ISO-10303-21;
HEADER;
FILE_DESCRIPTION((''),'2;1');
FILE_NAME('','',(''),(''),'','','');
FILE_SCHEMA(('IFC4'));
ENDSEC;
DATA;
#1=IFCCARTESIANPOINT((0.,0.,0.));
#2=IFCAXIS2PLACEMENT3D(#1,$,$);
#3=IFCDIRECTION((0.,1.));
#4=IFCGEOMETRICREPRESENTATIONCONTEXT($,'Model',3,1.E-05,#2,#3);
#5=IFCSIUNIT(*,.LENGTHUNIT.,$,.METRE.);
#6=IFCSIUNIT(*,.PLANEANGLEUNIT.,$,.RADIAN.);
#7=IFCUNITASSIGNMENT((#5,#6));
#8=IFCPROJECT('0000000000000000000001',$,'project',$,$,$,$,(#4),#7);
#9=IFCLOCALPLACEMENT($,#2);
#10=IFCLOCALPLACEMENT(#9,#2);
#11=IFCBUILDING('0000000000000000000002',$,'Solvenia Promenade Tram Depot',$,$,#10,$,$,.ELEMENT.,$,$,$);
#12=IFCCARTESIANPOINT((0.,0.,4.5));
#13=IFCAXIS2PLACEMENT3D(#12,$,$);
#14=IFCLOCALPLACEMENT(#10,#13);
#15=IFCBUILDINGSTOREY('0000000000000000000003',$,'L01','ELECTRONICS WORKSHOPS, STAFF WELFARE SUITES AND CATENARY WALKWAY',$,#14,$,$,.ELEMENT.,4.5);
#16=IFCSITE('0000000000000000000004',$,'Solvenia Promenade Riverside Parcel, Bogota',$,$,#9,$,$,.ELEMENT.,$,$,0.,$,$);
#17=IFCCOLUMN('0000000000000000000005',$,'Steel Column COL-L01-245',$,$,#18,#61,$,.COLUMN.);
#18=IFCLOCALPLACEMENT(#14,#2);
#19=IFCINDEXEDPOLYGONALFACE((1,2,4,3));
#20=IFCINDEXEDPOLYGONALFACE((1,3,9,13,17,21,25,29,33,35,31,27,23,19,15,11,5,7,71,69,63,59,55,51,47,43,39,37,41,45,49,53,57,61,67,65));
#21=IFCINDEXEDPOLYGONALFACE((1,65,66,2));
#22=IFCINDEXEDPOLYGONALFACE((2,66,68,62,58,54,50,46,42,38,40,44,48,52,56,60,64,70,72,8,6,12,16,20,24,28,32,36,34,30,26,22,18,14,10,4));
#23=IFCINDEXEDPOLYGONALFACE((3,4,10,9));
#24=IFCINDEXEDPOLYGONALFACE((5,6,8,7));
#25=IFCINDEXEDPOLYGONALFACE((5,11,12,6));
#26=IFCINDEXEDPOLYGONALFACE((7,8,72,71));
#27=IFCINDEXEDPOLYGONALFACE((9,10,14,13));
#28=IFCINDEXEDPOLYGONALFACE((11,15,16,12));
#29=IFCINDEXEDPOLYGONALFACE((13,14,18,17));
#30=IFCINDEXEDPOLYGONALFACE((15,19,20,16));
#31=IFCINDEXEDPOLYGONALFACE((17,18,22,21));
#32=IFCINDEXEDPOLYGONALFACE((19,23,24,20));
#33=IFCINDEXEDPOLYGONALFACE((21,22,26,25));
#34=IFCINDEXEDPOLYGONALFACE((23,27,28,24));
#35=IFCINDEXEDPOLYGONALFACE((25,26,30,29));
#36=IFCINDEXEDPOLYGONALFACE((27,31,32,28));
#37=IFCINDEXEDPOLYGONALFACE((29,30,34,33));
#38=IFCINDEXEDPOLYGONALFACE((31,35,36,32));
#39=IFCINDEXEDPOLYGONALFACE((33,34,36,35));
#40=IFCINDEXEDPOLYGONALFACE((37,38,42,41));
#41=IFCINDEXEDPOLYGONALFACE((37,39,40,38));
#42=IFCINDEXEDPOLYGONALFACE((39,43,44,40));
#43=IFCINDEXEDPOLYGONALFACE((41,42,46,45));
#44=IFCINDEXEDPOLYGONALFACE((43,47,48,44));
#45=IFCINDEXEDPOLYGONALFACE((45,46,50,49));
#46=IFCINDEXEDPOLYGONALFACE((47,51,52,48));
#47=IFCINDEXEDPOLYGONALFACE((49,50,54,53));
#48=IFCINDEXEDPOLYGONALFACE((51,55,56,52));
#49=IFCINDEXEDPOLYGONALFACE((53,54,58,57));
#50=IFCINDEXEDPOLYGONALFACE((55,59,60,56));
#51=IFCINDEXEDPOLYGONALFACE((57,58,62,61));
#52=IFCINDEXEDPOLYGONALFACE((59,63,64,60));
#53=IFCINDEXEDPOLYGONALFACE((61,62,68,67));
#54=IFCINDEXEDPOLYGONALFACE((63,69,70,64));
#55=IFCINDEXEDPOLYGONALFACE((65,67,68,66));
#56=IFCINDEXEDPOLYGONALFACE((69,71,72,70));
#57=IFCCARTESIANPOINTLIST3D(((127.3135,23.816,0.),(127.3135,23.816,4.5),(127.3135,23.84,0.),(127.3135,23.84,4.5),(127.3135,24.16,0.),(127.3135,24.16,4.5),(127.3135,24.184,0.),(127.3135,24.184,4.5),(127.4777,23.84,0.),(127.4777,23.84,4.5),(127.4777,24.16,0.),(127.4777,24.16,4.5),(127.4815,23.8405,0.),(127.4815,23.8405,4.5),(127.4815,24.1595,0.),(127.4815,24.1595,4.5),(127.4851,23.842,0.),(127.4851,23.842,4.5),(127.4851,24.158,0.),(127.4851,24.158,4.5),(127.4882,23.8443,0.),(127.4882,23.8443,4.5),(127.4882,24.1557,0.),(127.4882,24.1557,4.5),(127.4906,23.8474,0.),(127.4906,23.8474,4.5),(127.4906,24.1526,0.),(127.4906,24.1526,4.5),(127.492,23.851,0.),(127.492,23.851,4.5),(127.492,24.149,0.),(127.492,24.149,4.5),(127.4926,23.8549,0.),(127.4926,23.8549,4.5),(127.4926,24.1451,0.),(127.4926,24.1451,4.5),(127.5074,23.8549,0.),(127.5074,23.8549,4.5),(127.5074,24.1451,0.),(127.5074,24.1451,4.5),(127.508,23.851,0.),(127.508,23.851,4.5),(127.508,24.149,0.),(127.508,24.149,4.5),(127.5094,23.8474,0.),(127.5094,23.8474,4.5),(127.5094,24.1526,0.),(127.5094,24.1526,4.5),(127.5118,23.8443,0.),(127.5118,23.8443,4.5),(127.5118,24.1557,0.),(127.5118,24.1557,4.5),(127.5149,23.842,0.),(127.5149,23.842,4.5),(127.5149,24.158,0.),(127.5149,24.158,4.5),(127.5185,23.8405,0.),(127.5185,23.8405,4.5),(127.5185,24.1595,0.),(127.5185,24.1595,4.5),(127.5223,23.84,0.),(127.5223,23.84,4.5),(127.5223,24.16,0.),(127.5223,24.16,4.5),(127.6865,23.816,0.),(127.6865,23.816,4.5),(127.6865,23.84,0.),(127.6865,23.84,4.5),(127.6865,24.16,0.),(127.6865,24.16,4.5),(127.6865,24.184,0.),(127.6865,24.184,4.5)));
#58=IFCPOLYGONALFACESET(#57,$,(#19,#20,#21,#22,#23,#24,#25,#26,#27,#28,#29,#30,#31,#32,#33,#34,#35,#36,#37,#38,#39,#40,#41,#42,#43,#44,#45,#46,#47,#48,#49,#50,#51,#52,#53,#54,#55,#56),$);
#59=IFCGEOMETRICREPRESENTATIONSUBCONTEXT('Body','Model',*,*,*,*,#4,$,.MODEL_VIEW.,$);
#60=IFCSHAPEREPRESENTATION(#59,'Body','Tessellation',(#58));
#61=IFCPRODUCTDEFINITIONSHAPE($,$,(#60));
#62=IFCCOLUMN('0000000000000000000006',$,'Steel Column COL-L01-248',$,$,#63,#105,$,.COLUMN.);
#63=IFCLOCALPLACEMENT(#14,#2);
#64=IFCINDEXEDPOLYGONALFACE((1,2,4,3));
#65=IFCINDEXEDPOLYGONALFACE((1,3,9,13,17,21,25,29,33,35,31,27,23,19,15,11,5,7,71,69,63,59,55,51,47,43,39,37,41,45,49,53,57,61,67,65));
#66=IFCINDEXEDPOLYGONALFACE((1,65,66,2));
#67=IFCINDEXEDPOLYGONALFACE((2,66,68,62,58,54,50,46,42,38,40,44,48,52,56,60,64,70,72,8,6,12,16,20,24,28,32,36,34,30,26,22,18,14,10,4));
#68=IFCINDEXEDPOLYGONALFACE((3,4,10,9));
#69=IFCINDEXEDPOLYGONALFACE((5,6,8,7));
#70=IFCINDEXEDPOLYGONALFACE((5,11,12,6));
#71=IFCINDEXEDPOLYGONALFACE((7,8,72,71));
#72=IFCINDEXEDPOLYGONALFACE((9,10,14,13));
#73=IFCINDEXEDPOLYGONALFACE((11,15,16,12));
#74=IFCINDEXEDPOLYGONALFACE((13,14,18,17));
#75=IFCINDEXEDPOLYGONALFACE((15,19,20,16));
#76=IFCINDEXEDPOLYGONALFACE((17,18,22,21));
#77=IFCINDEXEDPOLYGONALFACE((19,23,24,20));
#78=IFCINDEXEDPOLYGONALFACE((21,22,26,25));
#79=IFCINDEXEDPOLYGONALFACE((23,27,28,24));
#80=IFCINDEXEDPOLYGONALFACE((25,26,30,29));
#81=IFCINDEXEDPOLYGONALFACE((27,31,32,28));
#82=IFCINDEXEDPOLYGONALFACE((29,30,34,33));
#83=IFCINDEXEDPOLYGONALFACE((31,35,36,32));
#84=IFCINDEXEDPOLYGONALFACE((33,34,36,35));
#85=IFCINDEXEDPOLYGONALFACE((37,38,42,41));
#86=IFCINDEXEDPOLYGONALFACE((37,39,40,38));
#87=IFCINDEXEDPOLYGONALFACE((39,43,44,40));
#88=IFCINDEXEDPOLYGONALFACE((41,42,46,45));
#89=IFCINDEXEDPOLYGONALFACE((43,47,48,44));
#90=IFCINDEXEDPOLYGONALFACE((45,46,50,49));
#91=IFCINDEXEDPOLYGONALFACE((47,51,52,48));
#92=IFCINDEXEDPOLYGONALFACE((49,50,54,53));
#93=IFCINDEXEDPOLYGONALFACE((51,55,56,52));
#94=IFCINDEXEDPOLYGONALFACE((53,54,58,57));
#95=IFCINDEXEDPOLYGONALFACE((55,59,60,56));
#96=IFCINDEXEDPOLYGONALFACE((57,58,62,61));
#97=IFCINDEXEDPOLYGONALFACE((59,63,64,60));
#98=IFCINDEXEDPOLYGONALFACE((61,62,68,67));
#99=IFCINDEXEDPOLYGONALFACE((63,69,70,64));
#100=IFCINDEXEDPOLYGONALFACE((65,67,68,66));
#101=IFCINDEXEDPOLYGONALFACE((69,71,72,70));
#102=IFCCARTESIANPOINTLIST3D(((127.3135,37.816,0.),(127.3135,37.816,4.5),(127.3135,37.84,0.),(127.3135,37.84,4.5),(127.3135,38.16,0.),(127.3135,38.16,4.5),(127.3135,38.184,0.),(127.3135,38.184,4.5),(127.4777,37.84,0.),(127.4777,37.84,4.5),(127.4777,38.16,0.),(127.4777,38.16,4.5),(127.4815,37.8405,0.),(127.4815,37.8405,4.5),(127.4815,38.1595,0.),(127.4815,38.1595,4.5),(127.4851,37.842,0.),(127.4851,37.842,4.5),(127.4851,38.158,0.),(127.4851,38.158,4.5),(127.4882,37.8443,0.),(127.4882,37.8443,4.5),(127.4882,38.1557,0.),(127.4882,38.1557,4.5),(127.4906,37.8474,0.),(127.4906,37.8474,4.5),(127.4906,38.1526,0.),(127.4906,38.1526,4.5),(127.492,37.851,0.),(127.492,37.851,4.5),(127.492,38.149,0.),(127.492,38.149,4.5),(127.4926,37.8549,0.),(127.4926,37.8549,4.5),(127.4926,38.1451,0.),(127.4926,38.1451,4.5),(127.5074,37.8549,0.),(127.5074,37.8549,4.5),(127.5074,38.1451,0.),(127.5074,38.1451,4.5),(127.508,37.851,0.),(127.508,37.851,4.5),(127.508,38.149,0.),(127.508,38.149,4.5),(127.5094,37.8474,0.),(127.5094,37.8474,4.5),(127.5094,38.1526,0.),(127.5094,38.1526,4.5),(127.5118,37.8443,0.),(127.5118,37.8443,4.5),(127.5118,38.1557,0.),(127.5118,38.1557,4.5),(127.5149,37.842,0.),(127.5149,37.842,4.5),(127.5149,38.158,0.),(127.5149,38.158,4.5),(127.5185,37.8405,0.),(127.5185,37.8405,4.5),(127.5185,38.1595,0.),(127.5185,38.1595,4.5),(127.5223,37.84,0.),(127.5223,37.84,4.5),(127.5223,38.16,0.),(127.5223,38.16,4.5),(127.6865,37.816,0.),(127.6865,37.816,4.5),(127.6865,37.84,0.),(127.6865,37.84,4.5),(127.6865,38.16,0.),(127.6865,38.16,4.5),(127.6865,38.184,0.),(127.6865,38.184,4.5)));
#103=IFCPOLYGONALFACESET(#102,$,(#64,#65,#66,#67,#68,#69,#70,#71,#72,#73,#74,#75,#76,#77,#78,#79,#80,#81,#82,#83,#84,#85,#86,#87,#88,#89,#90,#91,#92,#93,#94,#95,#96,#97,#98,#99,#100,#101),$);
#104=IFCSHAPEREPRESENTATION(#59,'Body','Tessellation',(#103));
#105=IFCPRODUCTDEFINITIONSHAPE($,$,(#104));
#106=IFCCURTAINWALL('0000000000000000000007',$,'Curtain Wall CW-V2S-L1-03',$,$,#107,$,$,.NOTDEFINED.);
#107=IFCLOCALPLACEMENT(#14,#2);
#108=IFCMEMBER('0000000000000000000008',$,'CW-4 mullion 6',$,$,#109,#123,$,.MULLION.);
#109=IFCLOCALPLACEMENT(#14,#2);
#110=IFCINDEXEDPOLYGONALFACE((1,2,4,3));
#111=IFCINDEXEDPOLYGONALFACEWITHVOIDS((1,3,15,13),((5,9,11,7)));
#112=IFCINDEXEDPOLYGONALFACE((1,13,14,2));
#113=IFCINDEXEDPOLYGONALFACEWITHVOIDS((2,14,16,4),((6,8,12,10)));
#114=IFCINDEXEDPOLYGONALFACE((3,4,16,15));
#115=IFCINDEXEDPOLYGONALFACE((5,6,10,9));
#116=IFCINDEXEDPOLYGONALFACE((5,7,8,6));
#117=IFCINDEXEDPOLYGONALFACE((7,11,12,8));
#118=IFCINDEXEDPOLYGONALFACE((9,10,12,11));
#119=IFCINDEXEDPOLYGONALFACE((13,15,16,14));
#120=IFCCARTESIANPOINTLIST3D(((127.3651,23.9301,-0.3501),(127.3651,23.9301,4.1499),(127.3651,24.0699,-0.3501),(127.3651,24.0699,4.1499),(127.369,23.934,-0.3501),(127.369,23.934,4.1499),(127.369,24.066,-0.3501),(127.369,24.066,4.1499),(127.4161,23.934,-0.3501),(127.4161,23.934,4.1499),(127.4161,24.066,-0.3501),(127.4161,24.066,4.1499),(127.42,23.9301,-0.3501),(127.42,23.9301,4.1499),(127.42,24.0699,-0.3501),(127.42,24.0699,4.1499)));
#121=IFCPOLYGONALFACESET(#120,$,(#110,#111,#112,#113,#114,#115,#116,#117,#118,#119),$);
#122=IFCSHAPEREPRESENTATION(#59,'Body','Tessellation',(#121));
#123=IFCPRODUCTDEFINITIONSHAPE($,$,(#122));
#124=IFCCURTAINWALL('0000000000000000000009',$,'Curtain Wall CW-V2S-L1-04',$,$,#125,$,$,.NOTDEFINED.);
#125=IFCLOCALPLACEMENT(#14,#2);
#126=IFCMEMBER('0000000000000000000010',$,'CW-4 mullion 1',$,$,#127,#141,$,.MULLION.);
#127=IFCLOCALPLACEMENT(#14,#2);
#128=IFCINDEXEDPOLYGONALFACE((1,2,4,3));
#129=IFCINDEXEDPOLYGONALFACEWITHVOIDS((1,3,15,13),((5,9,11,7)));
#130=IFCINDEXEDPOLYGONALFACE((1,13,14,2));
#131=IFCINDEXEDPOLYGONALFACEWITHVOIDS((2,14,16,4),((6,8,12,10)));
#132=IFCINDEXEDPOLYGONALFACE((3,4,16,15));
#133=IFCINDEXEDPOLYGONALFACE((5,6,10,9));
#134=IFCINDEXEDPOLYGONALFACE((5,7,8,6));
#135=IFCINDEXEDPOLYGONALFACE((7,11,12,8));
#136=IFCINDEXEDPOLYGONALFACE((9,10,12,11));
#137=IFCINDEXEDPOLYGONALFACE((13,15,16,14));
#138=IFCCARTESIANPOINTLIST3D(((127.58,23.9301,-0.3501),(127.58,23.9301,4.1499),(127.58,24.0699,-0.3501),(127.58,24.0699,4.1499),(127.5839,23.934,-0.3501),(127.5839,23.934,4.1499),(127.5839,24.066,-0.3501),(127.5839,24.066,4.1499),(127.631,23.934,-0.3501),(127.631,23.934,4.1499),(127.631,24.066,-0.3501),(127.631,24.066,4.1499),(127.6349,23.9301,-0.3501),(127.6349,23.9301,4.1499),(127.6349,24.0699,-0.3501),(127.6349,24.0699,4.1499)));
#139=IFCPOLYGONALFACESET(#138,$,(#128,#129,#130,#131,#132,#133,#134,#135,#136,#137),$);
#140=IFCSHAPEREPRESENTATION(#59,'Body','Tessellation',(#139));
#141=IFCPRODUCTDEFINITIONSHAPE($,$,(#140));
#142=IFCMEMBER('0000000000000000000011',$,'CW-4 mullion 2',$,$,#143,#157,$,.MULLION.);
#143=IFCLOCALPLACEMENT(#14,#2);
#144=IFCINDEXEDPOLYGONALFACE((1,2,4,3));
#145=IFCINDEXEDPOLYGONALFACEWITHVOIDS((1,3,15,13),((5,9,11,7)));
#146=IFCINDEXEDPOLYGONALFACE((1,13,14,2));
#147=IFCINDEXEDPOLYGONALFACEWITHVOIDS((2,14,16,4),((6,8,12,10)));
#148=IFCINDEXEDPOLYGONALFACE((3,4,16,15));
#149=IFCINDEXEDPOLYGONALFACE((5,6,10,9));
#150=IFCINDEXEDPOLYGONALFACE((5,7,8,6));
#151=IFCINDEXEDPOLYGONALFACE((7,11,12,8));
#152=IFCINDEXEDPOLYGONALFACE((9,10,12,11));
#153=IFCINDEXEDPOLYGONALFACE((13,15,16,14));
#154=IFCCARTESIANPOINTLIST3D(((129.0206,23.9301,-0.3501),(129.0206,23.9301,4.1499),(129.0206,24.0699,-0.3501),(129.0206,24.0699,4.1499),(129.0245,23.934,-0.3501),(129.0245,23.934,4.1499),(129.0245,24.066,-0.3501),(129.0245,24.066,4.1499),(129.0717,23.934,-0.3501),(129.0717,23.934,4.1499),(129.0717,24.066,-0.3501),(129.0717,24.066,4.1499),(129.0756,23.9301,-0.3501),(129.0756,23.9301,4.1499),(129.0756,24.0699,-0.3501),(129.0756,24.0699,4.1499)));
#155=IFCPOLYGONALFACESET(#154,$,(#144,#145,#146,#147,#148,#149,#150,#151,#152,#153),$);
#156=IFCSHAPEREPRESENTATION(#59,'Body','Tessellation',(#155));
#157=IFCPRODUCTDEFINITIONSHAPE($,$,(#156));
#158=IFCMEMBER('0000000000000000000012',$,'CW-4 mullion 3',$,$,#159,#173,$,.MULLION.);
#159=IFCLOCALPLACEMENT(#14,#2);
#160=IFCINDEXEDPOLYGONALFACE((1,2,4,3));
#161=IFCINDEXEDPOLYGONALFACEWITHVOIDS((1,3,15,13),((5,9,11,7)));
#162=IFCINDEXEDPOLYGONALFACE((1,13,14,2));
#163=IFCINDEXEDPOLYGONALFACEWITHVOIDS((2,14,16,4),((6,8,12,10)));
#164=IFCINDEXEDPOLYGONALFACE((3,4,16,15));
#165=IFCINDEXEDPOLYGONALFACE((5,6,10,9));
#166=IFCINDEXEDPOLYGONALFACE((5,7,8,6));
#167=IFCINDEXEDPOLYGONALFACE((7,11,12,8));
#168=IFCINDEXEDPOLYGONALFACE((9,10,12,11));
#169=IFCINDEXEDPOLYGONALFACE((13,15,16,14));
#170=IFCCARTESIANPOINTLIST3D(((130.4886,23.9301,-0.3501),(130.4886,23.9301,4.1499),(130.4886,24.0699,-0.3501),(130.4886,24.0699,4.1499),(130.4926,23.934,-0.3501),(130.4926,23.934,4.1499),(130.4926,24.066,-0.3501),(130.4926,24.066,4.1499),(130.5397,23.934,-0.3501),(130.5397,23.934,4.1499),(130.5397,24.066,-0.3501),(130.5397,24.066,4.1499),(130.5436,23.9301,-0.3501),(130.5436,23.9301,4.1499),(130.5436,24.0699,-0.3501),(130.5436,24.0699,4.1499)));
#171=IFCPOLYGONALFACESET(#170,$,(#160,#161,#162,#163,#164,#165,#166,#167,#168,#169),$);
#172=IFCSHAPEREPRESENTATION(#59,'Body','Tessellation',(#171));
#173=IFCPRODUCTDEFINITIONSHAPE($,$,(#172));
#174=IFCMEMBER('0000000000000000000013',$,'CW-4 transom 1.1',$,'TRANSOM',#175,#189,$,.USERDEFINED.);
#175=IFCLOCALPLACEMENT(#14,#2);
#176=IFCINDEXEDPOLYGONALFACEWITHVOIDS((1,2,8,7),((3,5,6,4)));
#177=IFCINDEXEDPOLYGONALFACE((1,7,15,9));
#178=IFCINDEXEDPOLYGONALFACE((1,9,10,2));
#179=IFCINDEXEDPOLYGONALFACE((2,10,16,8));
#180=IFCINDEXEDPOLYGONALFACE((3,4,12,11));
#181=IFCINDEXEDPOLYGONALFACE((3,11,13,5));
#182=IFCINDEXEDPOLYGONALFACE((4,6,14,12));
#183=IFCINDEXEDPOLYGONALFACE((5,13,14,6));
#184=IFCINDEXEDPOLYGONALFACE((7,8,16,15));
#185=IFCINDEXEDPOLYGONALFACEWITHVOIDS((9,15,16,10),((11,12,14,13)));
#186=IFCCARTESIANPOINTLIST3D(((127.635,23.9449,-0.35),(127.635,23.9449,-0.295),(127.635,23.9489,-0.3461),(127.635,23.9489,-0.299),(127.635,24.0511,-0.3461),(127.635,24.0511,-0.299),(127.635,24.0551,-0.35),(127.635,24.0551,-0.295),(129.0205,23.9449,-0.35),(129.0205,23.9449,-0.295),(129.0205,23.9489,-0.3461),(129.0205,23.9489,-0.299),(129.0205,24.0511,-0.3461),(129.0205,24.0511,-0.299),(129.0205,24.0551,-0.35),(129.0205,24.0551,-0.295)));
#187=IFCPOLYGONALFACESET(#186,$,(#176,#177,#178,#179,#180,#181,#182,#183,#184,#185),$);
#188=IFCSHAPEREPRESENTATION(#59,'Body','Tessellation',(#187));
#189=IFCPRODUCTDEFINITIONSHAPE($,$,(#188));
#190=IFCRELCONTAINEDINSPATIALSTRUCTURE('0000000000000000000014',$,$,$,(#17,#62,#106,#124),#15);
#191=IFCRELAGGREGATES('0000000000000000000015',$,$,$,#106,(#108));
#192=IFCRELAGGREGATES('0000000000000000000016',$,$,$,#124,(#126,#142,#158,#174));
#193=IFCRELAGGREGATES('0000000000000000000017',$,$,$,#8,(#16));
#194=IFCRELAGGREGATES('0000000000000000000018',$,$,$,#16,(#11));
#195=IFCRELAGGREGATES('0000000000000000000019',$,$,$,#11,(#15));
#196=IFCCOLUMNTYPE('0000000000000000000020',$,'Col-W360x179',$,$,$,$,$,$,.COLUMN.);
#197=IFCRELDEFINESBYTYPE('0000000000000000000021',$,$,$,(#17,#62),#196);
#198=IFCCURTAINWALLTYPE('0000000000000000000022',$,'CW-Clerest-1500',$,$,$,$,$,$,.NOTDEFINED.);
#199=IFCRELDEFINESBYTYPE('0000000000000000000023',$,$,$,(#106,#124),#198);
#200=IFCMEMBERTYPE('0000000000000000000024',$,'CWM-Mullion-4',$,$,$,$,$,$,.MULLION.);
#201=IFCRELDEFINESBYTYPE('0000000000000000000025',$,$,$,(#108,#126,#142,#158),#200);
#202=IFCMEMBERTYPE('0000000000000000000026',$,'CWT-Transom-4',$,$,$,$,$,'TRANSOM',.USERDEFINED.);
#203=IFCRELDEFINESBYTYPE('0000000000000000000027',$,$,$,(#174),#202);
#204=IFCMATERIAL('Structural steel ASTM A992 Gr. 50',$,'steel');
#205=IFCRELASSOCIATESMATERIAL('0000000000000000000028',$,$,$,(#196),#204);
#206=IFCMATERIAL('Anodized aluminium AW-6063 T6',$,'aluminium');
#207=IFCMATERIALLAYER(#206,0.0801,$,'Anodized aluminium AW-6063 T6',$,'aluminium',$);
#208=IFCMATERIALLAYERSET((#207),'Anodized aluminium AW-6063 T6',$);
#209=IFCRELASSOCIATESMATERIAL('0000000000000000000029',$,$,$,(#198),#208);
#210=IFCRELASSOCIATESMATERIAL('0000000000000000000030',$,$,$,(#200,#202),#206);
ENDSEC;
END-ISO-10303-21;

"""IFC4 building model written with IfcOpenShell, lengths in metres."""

from ifc_helpers import new_model, si_unit, direction, frame, origin, origin_2d, place, context, subcontext, project, spatial, hollow_rectangle, i_section, extrude, material, layer, layer_set, material_profile, profile_set, type_object, element, aggregate, save


model = new_model("IFC4")

# Units and contexts
model_context = context("Model", 3, precision=1e-05, world=origin(), true_north=direction((0.0, 1.0)))
body_context = subcontext(model_context, "Body", "Model", "MODEL_VIEW")
ifc_project = project(units=[si_unit("LENGTHUNIT", "METRE"), si_unit("PLANEANGLEUNIT", "RADIAN")], contexts=[model_context])

# Site, building, storey
site_placement = place(None, origin())
site = spatial("IfcSite", under=ifc_project, at=site_placement, Name="Solvenia Promenade Riverside Parcel, Bogota", CompositionType="ELEMENT", RefElevation=0.0)
building_placement = place(site_placement, origin())
building = spatial("IfcBuilding", under=site, at=building_placement, Name="Solvenia Promenade Tram Depot", CompositionType="ELEMENT")
storey_placement = place(building_placement, frame((0.0, 0.0, 4.5)))
storey = spatial("IfcBuildingStorey", under=building, at=storey_placement, Name="L01", Description="ELECTRONICS WORKSHOPS, STAFF WELFARE SUITES AND CATENARY WALKWAY", CompositionType="ELEMENT", Elevation=4.5)

# Columns
ifc_material_1 = material(Name="Structural steel ASTM A992 Gr. 50", Category="steel")
ifc_material_profile_1 = material_profile(ifc_material_1, i_section(OverallWidth=0.373, OverallDepth=0.3679, WebThickness=0.0149, FlangeThickness=0.0239, FilletRadius=0.0149, at=origin_2d()), Name="W360x179", Category="steel")
ifc_profile_set_1 = profile_set([ifc_material_profile_1], Name="Structural steel ASTM A992 Gr. 50")
column_type = type_object("IfcColumnType", Name="Col-W360x179", PredefinedType="COLUMN", material=ifc_profile_set_1)
for number, where, z_axis, x_axis, name in (
    (1, (127.5, 24.0, 0.0), (0.0, 0.0, 1.0), (1.0, 0.0, 0.0), "Steel Column COL-L01-245"),
    (2, (127.5, 38.0, 0.0), (0.0, 0.0, 1.0), (1.0, 0.0, 0.0), "Steel Column COL-L01-248"),
):
    element("IfcColumn", number, at=place(storey_placement, frame(where, z_axis=z_axis, x_axis=x_axis)), inside=storey, type_object=column_type, Name=name, PredefinedType="COLUMN", context=body_context, shape_type="SweptSolid", body=[
        extrude(i_section(OverallWidth=0.373, OverallDepth=0.3679, WebThickness=0.0149, FlangeThickness=0.0239, FilletRadius=0.0149, at=origin_2d()), origin(), (0.0, 0.0, 1.0), 4.5),
    ])

# Curtain wall, member
ifc_material_2 = material(Name="Anodized aluminium AW-6063 T6", Category="aluminium")
ifc_layer_1 = layer(ifc_material_2, 0.0801, Name="Anodized aluminium AW-6063 T6", Category="aluminium")
ifc_layer_set_1 = layer_set([ifc_layer_1], Name="Anodized aluminium AW-6063 T6")
curtain_wall_type = type_object("IfcCurtainWallType", Name="CW-Clerest-1500", PredefinedType="NOTDEFINED", material=ifc_layer_set_1)
curtain_wall_1_placement = place(storey_placement, origin())
curtain_wall_1 = element("IfcCurtainWall", 3, at=curtain_wall_1_placement, inside=storey, type_object=curtain_wall_type, Name="Curtain Wall CW-V2S-L1-03", PredefinedType="NOTDEFINED")
ifc_material_profile_2 = material_profile(ifc_material_2, hollow_rectangle(XDim=0.1399, YDim=0.0549, WallThickness=0.0039, at=origin_2d()), Name="ALU-M4", Category="aluminium")
ifc_profile_set_2 = profile_set([ifc_material_profile_2], Name="Anodized aluminium AW-6063 T6")
member_type_1 = type_object("IfcMemberType", Name="CWM-Mullion-4", PredefinedType="MULLION", material=ifc_profile_set_2)
member_1_placement = place(storey_placement, frame((127.3926, 24.0, -0.3501), z_axis=(0.0, 0.0, 1.0), x_axis=(0.0, 1.0, 0.0)))
member_1 = element("IfcMember", 4, at=member_1_placement, type_object=member_type_1, Name="CW-4 mullion 6", PredefinedType="MULLION", context=body_context, shape_type="SweptSolid", body=[
    extrude(hollow_rectangle(XDim=0.1399, YDim=0.0549, WallThickness=0.0039, at=origin_2d()), origin(), (0.0, 0.0, 1.0), 4.5),
])

# Curtain wall, members
curtain_wall_2_placement = place(storey_placement, origin())
curtain_wall_2 = element("IfcCurtainWall", 5, at=curtain_wall_2_placement, inside=storey, type_object=curtain_wall_type, Name="Curtain Wall CW-V2S-L1-04", PredefinedType="NOTDEFINED")
member_2_placement = place(storey_placement, frame((127.6074, 24.0, -0.3501), z_axis=(0.0, 0.0, 1.0), x_axis=(0.0, 1.0, 0.0)))
member_2 = element("IfcMember", 6, at=member_2_placement, type_object=member_type_1, Name="CW-4 mullion 1", PredefinedType="MULLION", context=body_context, shape_type="SweptSolid", body=[
    extrude(hollow_rectangle(XDim=0.1399, YDim=0.0549, WallThickness=0.0039, at=origin_2d()), origin(), (0.0, 0.0, 1.0), 4.5),
])
member_3_placement = place(storey_placement, frame((129.0481, 24.0, -0.3501), z_axis=(0.0, 0.0, 1.0), x_axis=(0.0, 1.0, 0.0)))
member_3 = element("IfcMember", 7, at=member_3_placement, type_object=member_type_1, Name="CW-4 mullion 2", PredefinedType="MULLION", context=body_context, shape_type="SweptSolid", body=[
    extrude(hollow_rectangle(XDim=0.1399, YDim=0.0549, WallThickness=0.0039, at=origin_2d()), origin(), (0.0, 0.0, 1.0), 4.5),
])
member_4_placement = place(storey_placement, frame((130.5161, 24.0, -0.3501), z_axis=(0.0, 0.0, 1.0), x_axis=(0.0, 1.0, 0.0)))
member_4 = element("IfcMember", 8, at=member_4_placement, type_object=member_type_1, Name="CW-4 mullion 3", PredefinedType="MULLION", context=body_context, shape_type="SweptSolid", body=[
    extrude(hollow_rectangle(XDim=0.1399, YDim=0.0549, WallThickness=0.0039, at=origin_2d()), origin(), (0.0, 0.0, 1.0), 4.5),
])
ifc_material_profile_3 = material_profile(ifc_material_2, hollow_rectangle(XDim=0.1101, YDim=0.0549, WallThickness=0.0039, at=origin_2d()), Name="ALU-T4", Category="aluminium")
ifc_profile_set_3 = profile_set([ifc_material_profile_3], Name="Anodized aluminium AW-6063 T6")
member_type_2 = type_object("IfcMemberType", Name="CWT-Transom-4", ElementType="TRANSOM", PredefinedType="USERDEFINED", material=ifc_profile_set_3)
member_5_placement = place(storey_placement, frame((127.635, 24.0, -0.3225), z_axis=(1.0, 0.0, 0.0), x_axis=(0.0, 1.0, 0.0)))
member_5 = element("IfcMember", 9, at=member_5_placement, type_object=member_type_2, Name="CW-4 transom 1.1", ObjectType="TRANSOM", PredefinedType="USERDEFINED", context=body_context, shape_type="SweptSolid", body=[
    extrude(hollow_rectangle(XDim=0.1101, YDim=0.0549, WallThickness=0.0039, at=origin_2d()), origin(), (0.0, 0.0, 1.0), 1.3855),
])

aggregate(curtain_wall_1, [member_1])
aggregate(curtain_wall_2, [member_2, member_3, member_4, member_5])

save(model, "model.ifc")
